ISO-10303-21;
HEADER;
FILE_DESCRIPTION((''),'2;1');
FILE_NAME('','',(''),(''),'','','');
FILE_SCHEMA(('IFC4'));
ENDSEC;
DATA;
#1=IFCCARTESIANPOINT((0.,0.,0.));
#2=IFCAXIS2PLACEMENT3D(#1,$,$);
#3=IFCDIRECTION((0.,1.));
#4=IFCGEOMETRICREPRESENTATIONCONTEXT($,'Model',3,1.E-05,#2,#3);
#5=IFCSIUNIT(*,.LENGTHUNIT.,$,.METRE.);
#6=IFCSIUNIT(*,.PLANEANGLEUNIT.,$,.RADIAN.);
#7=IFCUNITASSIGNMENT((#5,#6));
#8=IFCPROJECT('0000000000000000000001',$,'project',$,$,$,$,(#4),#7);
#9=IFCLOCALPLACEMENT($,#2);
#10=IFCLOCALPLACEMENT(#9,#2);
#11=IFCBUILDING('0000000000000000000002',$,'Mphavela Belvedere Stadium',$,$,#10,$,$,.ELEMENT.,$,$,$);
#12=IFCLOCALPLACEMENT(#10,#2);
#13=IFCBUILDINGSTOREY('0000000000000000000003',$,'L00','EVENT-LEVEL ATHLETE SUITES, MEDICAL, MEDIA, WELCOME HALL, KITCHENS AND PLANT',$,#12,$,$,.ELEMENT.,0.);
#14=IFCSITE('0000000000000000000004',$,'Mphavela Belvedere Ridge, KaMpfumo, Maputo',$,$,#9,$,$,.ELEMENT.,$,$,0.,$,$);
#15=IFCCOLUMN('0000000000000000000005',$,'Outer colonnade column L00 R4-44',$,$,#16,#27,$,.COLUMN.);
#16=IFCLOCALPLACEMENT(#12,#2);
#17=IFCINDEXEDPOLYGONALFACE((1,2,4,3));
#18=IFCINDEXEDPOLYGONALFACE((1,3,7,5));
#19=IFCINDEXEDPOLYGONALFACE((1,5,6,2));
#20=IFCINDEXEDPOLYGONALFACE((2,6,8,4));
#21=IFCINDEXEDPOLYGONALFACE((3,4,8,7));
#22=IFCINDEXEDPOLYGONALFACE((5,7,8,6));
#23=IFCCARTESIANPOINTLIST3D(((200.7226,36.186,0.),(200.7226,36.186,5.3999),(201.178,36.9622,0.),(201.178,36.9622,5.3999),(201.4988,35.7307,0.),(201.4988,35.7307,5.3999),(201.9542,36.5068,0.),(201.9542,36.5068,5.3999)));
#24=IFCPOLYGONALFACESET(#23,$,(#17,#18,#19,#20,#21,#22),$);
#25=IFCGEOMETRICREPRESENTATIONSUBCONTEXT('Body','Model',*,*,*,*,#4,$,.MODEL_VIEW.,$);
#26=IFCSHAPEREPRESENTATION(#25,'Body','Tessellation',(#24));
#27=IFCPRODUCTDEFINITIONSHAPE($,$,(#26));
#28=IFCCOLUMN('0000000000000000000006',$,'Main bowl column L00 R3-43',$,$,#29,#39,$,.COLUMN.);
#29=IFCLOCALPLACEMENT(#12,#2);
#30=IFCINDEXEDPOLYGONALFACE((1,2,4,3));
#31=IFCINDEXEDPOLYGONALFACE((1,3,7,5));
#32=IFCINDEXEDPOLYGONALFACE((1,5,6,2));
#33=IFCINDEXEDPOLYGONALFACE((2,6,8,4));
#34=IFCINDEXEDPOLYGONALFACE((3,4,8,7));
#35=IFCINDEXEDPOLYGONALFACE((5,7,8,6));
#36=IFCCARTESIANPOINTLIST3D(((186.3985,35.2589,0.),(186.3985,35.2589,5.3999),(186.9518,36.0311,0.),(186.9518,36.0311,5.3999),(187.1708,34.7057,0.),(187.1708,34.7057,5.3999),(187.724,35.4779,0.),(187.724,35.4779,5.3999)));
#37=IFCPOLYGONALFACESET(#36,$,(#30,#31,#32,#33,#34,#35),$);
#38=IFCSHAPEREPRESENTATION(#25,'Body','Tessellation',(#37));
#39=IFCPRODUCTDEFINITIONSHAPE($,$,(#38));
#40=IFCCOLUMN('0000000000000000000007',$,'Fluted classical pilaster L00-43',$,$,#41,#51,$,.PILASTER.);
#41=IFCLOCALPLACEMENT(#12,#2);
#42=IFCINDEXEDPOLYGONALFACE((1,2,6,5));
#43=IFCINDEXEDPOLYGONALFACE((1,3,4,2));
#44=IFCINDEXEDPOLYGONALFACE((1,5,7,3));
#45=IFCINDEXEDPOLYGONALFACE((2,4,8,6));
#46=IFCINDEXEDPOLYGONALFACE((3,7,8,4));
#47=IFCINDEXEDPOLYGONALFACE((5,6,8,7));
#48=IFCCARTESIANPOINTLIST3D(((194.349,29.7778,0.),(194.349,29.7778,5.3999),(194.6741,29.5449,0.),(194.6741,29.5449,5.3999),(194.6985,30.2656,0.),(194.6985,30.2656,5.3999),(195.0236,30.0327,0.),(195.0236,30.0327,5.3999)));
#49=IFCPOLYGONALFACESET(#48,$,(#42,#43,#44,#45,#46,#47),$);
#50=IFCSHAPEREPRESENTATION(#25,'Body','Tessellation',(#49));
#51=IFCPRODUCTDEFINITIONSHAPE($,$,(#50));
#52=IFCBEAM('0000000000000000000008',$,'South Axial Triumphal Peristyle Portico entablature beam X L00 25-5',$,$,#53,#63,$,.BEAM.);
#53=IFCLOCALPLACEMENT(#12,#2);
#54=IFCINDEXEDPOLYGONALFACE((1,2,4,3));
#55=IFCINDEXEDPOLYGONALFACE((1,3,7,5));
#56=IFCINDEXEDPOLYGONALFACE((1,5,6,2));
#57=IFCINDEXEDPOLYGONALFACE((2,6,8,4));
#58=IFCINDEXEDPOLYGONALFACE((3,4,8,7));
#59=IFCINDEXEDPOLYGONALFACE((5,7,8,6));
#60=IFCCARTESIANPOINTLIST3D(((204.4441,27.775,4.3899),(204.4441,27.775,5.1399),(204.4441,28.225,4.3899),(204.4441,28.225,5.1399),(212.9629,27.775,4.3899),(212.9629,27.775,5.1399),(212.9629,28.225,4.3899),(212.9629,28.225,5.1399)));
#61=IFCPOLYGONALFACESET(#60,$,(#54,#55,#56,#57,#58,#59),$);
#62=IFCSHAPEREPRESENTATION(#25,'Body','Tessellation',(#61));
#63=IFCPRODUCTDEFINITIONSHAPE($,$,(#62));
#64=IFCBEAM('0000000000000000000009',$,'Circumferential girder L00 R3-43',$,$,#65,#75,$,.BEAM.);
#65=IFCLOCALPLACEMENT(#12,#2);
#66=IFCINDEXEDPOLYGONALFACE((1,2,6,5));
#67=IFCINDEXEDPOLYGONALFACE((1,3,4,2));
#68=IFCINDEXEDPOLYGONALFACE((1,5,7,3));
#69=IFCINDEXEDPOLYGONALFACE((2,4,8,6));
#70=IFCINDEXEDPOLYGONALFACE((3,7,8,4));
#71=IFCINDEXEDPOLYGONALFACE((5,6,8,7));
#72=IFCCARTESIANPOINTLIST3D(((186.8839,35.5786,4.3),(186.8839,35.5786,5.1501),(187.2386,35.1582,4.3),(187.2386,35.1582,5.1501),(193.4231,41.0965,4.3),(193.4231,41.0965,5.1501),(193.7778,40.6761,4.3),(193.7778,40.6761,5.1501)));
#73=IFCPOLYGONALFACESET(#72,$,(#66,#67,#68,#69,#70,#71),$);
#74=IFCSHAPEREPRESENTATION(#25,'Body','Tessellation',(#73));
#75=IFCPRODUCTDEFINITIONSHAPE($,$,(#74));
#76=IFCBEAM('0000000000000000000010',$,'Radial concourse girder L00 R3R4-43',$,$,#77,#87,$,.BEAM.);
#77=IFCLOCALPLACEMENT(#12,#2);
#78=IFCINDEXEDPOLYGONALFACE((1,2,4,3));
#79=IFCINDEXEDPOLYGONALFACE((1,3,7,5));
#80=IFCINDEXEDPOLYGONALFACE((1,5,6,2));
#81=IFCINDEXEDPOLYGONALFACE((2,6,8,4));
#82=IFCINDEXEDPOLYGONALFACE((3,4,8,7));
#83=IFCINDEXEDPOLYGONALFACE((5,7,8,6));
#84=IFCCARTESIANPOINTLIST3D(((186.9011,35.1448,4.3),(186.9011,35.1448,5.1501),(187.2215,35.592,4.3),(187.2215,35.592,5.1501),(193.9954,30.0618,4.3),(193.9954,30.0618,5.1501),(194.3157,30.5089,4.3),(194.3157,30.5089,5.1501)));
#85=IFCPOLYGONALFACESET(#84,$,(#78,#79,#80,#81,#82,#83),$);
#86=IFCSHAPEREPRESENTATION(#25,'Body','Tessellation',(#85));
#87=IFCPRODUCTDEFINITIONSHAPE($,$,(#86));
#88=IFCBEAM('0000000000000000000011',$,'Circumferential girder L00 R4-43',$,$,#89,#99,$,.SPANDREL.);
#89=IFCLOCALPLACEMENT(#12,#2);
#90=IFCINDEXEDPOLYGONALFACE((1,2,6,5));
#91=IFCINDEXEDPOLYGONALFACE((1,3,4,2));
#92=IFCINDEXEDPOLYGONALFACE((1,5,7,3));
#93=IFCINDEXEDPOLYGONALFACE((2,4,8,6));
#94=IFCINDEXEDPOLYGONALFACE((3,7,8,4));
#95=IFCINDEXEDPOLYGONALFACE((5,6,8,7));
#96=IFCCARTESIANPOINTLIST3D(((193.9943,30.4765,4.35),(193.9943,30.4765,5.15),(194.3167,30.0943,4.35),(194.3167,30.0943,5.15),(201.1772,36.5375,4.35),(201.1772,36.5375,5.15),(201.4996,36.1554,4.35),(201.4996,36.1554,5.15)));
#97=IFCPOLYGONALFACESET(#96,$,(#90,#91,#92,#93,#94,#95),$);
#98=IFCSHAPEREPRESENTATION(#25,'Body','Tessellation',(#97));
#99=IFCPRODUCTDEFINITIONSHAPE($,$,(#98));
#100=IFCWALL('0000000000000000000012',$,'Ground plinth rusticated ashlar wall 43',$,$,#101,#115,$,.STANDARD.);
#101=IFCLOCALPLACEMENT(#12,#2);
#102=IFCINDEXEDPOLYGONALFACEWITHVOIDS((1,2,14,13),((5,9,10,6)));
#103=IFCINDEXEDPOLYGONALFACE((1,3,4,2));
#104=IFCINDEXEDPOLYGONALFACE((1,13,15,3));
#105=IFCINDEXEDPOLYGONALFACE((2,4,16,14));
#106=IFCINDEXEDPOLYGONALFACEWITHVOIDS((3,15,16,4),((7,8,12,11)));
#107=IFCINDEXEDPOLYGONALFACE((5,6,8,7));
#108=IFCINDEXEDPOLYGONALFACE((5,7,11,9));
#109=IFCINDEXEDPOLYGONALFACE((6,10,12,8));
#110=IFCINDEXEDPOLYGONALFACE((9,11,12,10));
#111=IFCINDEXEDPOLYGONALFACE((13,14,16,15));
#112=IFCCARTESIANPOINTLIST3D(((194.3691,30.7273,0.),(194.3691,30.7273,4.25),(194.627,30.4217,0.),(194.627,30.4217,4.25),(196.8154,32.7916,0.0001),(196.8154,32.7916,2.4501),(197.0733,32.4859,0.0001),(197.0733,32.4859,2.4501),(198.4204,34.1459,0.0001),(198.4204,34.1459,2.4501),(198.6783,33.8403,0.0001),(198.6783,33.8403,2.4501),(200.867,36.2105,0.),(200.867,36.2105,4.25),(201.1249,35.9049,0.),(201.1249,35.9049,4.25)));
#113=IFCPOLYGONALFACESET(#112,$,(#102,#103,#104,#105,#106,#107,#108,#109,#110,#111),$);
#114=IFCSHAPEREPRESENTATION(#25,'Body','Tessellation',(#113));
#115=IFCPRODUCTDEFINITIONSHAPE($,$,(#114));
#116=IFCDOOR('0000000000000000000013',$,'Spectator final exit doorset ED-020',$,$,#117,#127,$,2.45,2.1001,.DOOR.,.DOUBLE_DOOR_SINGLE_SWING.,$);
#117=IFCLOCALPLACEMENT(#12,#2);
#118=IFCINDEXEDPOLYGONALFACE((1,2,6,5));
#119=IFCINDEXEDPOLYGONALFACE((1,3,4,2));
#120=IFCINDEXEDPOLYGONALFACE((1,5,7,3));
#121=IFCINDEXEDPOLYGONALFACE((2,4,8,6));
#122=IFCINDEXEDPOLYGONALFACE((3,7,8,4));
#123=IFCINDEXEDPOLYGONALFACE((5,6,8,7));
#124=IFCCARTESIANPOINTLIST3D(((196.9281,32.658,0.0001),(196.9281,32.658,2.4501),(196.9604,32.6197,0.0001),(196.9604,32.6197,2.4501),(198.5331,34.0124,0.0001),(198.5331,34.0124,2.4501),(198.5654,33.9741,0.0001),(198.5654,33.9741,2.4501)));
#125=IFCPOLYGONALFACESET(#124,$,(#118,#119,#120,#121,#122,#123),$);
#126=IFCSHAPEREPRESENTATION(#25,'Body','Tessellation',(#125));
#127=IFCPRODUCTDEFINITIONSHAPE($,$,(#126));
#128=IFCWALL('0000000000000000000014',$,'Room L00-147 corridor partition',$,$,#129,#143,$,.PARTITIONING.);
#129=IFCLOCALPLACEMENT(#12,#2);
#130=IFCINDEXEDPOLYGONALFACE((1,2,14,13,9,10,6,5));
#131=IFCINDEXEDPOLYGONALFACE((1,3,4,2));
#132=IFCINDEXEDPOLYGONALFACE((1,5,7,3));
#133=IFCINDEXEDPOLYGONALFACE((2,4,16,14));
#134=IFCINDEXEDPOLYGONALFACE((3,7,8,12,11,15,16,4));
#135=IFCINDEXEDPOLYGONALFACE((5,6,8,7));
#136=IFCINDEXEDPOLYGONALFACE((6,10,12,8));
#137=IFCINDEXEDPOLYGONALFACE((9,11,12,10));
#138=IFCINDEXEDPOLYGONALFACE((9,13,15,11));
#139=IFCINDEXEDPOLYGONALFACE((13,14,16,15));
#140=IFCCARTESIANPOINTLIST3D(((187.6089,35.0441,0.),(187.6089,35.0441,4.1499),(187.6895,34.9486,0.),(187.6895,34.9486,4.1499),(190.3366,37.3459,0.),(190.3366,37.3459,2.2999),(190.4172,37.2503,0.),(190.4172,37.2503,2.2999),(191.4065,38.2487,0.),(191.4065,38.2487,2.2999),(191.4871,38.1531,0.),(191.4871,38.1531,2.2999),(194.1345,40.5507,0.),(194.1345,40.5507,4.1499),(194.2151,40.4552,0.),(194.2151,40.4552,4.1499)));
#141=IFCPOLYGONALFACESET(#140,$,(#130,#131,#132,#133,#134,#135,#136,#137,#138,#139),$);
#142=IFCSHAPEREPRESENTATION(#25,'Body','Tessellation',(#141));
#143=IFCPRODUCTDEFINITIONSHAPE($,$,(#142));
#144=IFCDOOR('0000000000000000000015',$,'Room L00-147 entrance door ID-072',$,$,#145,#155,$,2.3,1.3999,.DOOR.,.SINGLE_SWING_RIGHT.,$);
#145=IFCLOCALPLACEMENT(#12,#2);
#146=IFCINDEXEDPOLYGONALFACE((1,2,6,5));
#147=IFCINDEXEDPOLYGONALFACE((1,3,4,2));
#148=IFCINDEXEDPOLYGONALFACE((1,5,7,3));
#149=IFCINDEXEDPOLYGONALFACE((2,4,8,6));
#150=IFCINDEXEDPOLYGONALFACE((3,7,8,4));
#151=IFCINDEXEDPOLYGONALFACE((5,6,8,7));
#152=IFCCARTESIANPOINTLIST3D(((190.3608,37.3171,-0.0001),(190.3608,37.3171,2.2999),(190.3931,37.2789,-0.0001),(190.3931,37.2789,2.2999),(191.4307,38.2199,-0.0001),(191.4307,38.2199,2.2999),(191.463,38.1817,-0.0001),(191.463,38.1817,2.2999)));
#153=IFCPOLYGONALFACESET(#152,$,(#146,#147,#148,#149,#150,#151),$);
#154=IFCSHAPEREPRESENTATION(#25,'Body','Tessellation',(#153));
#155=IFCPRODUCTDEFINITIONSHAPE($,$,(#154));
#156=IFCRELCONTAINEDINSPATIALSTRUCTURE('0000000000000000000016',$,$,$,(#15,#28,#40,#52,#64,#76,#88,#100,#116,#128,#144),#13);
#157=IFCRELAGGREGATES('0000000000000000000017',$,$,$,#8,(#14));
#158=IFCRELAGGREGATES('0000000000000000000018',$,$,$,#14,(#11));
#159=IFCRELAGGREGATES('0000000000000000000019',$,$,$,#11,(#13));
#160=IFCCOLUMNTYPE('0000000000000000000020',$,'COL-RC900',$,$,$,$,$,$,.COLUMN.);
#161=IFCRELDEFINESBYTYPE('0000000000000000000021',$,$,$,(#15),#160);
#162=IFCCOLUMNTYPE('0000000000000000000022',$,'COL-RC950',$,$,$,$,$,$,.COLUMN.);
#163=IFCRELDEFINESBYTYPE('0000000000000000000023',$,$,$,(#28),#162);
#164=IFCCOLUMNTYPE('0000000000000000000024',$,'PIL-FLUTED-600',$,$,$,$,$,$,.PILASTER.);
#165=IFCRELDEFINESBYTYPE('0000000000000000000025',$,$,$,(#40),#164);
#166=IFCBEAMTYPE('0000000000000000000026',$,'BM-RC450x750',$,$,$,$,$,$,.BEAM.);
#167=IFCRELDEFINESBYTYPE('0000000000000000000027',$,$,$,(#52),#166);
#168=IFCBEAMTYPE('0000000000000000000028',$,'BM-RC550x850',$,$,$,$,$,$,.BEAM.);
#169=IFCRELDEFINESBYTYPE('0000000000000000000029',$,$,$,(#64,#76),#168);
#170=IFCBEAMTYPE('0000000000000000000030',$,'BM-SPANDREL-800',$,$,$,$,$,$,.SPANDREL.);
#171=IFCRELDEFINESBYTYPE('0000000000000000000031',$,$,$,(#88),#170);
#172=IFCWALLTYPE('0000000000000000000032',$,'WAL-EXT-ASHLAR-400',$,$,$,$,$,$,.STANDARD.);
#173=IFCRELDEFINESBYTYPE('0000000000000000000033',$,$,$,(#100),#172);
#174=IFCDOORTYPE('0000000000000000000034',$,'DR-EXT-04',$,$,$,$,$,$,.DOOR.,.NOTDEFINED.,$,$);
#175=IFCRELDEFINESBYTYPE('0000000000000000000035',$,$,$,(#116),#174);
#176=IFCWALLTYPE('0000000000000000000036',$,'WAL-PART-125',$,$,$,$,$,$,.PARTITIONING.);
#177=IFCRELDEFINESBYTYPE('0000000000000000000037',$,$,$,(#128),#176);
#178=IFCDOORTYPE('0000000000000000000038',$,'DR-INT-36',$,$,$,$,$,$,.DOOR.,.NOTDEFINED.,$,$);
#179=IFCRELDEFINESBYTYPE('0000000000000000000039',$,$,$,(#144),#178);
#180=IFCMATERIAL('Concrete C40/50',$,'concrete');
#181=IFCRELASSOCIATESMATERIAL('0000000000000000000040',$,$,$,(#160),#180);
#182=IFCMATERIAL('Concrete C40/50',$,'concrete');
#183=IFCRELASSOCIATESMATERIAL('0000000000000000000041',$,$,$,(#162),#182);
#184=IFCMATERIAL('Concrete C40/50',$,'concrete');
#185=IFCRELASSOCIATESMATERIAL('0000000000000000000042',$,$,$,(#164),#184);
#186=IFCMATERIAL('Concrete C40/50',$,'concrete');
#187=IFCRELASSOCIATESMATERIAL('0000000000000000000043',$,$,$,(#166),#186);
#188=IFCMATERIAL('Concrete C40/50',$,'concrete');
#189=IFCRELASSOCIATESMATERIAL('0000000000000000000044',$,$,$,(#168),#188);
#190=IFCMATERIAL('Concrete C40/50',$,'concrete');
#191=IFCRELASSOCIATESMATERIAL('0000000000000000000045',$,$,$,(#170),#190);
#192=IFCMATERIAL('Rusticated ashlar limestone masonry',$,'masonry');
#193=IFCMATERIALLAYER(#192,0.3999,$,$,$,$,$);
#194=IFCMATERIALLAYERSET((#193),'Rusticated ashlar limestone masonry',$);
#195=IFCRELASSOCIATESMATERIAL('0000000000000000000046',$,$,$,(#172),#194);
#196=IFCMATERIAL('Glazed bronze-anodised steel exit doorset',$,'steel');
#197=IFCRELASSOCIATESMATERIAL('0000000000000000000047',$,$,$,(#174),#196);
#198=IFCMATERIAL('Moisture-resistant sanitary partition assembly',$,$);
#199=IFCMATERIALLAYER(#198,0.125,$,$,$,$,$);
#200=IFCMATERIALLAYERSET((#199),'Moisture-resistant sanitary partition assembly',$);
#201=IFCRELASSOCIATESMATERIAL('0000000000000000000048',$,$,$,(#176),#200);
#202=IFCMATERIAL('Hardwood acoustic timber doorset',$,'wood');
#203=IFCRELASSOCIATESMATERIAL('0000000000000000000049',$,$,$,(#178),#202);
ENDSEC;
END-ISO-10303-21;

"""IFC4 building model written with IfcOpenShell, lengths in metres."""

from ifc_helpers import new_model, si_unit, direction, frame, frame_2d, origin, origin_2d, place, context, subcontext, project, spatial, rectangle, extrude, material, layer, layer_set, material_profile, profile_set, type_object, element, fill, save


model = new_model("IFC4")

# Units and contexts
model_context = context("Model", 3, precision=1e-05, world=origin(), true_north=direction((0.0, 1.0)))
body_context = subcontext(model_context, "Body", "Model", "MODEL_VIEW")
ifc_project = project(units=[si_unit("LENGTHUNIT", "METRE"), si_unit("PLANEANGLEUNIT", "RADIAN")], contexts=[model_context])

# Site, building, storey
site_placement = place(None, origin())
site = spatial("IfcSite", under=ifc_project, at=site_placement, Name="Mphavela Belvedere Ridge, KaMpfumo, Maputo", CompositionType="ELEMENT", RefElevation=0.0)
building_placement = place(site_placement, origin())
building = spatial("IfcBuilding", under=site, at=building_placement, Name="Mphavela Belvedere Stadium", CompositionType="ELEMENT")
storey_placement = place(building_placement, origin())
storey = spatial("IfcBuildingStorey", under=building, at=storey_placement, Name="L00", Description="EVENT-LEVEL ATHLETE SUITES, MEDICAL, MEDIA, WELCOME HALL, KITCHENS AND PLANT", CompositionType="ELEMENT", Elevation=0.0)

# Columns
ifc_material_1 = material(Name="Concrete C40/50", Category="concrete")
ifc_material_profile_1 = material_profile(ifc_material_1, rectangle(XDim=0.8999, YDim=0.8999, at=origin_2d()), Name="RC 900x900")
ifc_profile_set_1 = profile_set([ifc_material_profile_1], Name="Concrete C40/50")
column_type_1 = type_object("IfcColumnType", Name="COL-RC900", PredefinedType="COLUMN", material=ifc_profile_set_1)
for number, where, z_axis, x_axis, name in (
    (1, (201.3384, 36.3464, 0.0), (0.0, 0.0, 1.0), (0.862514, -0.506034, 0.0), "Outer colonnade column L00 R4-44"),
):
    element("IfcColumn", number, at=place(storey_placement, frame(where, z_axis=z_axis, x_axis=x_axis)), inside=storey, type_object=column_type_1, Name=name, PredefinedType="COLUMN", context=body_context, shape_type="SweptSolid", body=[
        extrude(rectangle(XDim=0.8999, YDim=0.8999, at=origin_2d()), origin(), (0.0, 0.0, 1.0), 5.3999),
    ])
ifc_material_2 = material(Name="Concrete C40/50", Category="concrete")
ifc_material_profile_2 = material_profile(ifc_material_2, rectangle(XDim=0.95, YDim=0.95, at=origin_2d()), Name="RC 950x950")
ifc_profile_set_2 = profile_set([ifc_material_profile_2], Name="Concrete C40/50")
column_type_2 = type_object("IfcColumnType", Name="COL-RC950", PredefinedType="COLUMN", material=ifc_profile_set_2)
column_1_placement = place(storey_placement, frame((187.0613, 35.3684, 0.0), z_axis=(0.0, 0.0, 1.0), x_axis=(0.812898, -0.582407, 0.0)))
element("IfcColumn", 2, at=column_1_placement, inside=storey, type_object=column_type_2, Name="Main bowl column L00 R3-43", PredefinedType="COLUMN", context=body_context, shape_type="SweptSolid", body=[
    extrude(rectangle(XDim=0.95, YDim=0.95, at=origin_2d()), origin(), (0.0, 0.0, 1.0), 5.3999),
])
ifc_material_3 = material(Name="Concrete C40/50", Category="concrete")
ifc_material_profile_3 = material_profile(ifc_material_3, rectangle(XDim=0.6001, YDim=0.3999, at=origin_2d()), Name="PIL 600x400")
ifc_profile_set_3 = profile_set([ifc_material_profile_3], Name="Concrete C40/50")
column_type_3 = type_object("IfcColumnType", Name="PIL-FLUTED-600", PredefinedType="PILASTER", material=ifc_profile_set_3)
column_2_placement = place(storey_placement, frame((194.6863, 29.9053, 0.0), z_axis=(0.0, 0.0, 1.0), x_axis=(0.582407, 0.812898, 0.0)))
element("IfcColumn", 3, at=column_2_placement, inside=storey, type_object=column_type_3, Name="Fluted classical pilaster L00-43", PredefinedType="PILASTER", context=body_context, shape_type="SweptSolid", body=[
    extrude(rectangle(XDim=0.6001, YDim=0.3999, at=origin_2d()), origin(), (0.0, 0.0, 1.0), 5.3999),
])

# Beams
ifc_material_4 = material(Name="Concrete C40/50", Category="concrete")
ifc_material_profile_4 = material_profile(ifc_material_4, rectangle(XDim=0.45, YDim=0.75, at=origin_2d()), Name="RC 450x750")
ifc_profile_set_4 = profile_set([ifc_material_profile_4], Name="Concrete C40/50")
beam_type_1 = type_object("IfcBeamType", Name="BM-RC450x750", PredefinedType="BEAM", material=ifc_profile_set_4)
beam_1_placement = place(storey_placement, frame((204.4441, 28.0, 4.7649), z_axis=(1.0, 0.0, 0.0), x_axis=(0.0, 1.0, 0.0)))
element("IfcBeam", 4, at=beam_1_placement, inside=storey, type_object=beam_type_1, Name="South Axial Triumphal Peristyle Portico entablature beam X L00 25-5", PredefinedType="BEAM", context=body_context, shape_type="SweptSolid", body=[
    extrude(rectangle(XDim=0.45, YDim=0.75, at=origin_2d()), origin(), (0.0, 0.0, 1.0), 8.5188),
])
ifc_material_5 = material(Name="Concrete C40/50", Category="concrete")
ifc_material_profile_5 = material_profile(ifc_material_5, rectangle(XDim=0.55, YDim=0.8501, at=origin_2d()), Name="RC 550x850")
ifc_profile_set_5 = profile_set([ifc_material_profile_5], Name="Concrete C40/50")
beam_type_2 = type_object("IfcBeamType", Name="BM-RC550x850", PredefinedType="BEAM", material=ifc_profile_set_5)
beam_2_placement = place(storey_placement, frame((187.0613, 35.3684, 4.7251), z_axis=(0.764263, 0.644904, 0.0), x_axis=(-0.644904, 0.764263, 0.0)))
element("IfcBeam", 5, at=beam_2_placement, inside=storey, type_object=beam_type_2, Name="Circumferential girder L00 R3-43", PredefinedType="BEAM", context=body_context, shape_type="SweptSolid", body=[
    extrude(rectangle(XDim=0.55, YDim=0.8501, at=origin_2d()), origin(), (0.0, 0.0, 1.0), 8.5562),
])
beam_3_placement = place(storey_placement, frame((187.0613, 35.3684, 4.7251), z_axis=(0.812882, -0.582428, 0.0), x_axis=(0.582428, 0.812882, 0.0)))
element("IfcBeam", 6, at=beam_3_placement, inside=storey, type_object=beam_type_2, Name="Radial concourse girder L00 R3R4-43", PredefinedType="BEAM", context=body_context, shape_type="SweptSolid", body=[
    extrude(rectangle(XDim=0.55, YDim=0.8501, at=origin_2d()), origin(), (0.0, 0.0, 1.0), 8.7273),
])
ifc_material_6 = material(Name="Concrete C40/50", Category="concrete")
ifc_material_profile_6 = material_profile(ifc_material_6, rectangle(XDim=0.5, YDim=0.8, at=origin_2d()), Name="RC 500x800")
ifc_profile_set_6 = profile_set([ifc_material_profile_6], Name="Concrete C40/50")
beam_type_3 = type_object("IfcBeamType", Name="BM-SPANDREL-800", PredefinedType="SPANDREL", material=ifc_profile_set_6)
beam_4_placement = place(storey_placement, frame((194.1555, 30.2854, 4.75), z_axis=(0.764265, 0.644902, 0.0), x_axis=(-0.644902, 0.764265, 0.0)))
element("IfcBeam", 7, at=beam_4_placement, inside=storey, type_object=beam_type_3, Name="Circumferential girder L00 R4-43", PredefinedType="SPANDREL", context=body_context, shape_type="SweptSolid", body=[
    extrude(rectangle(XDim=0.5, YDim=0.8, at=origin_2d()), origin(), (0.0, 0.0, 1.0), 9.3984),
])

# Walls, openings, doors
ifc_material_7 = material(Name="Rusticated ashlar limestone masonry", Category="masonry")
ifc_layer_1 = layer(ifc_material_7, 0.3999)
ifc_layer_set_1 = layer_set([ifc_layer_1], Name="Rusticated ashlar limestone masonry")
wall_type_1 = type_object("IfcWallType", Name="WAL-EXT-ASHLAR-400", PredefinedType="STANDARD", material=ifc_layer_set_1)
wall_1_placement = place(storey_placement, frame((200.9958, 36.0576, 0.0), z_axis=(0.0, 0.0, 1.0), x_axis=(-0.764255, -0.644914, 0.0)))
wall_1 = element("IfcWall", 8, at=wall_1_placement, inside=storey, type_object=wall_type_1, Name="Ground plinth rusticated ashlar wall 43", PredefinedType="STANDARD", context=body_context, shape_type="SweptSolid", body=[
    extrude(rectangle(XDim=8.5022, YDim=0.3999, at=frame_2d((4.251, 0.0))), origin(), (0.0, 0.0, 1.0), 4.25),
])
opening_1_placement = place(wall_1_placement, frame((3.2012, 0.0, 0.0)))
opening_1 = element("IfcOpeningElement", 9, at=opening_1_placement, cuts=wall_1, PredefinedType="OPENING", context=body_context, shape_type="SweptSolid", body=[
    extrude(rectangle(XDim=2.1001, YDim=2.45, at=frame_2d((1.05, 1.2251))), frame((0.0, 0.21, 0.0), z_axis=(0.0, -1.0, 0.0), x_axis=(1.0, 0.0, 0.0)), (0.0, 0.0, 1.0), 0.4199),
])
ifc_material_8 = material(Name="Glazed bronze-anodised steel exit doorset", Category="steel")
door_type_1 = type_object("IfcDoorType", Name="DR-EXT-04", OperationType="NOTDEFINED", PredefinedType="DOOR", material=ifc_material_8)
door_1_placement = place(opening_1_placement, origin())
door_1 = element("IfcDoor", 10, at=door_1_placement, inside=storey, type_object=door_type_1, Name="Spectator final exit doorset ED-020", OperationType="DOUBLE_DOOR_SINGLE_SWING", OverallHeight=2.45, OverallWidth=2.1001, PredefinedType="DOOR", context=body_context, shape_type="SweptSolid", body=[
    extrude(rectangle(XDim=2.1001, YDim=2.45, at=frame_2d((1.05, 1.2251))), frame((0.0, 0.0249, 0.0), z_axis=(0.0, -1.0, 0.0), x_axis=(1.0, 0.0, 0.0)), (0.0, 0.0, 1.0), 0.05),
])
fill(opening_1, door_1)
ifc_material_9 = material(Name="Moisture-resistant sanitary partition assembly")
ifc_layer_2 = layer(ifc_material_9, 0.125)
ifc_layer_set_2 = layer_set([ifc_layer_2], Name="Moisture-resistant sanitary partition assembly")
wall_type_2 = type_object("IfcWallType", Name="WAL-PART-125", PredefinedType="PARTITIONING", material=ifc_layer_set_2)
wall_2_placement = place(storey_placement, frame((187.6492, 34.9963, 0.0), z_axis=(0.0, 0.0, 1.0), x_axis=(0.764258, 0.644911, 0.0)))
wall_2 = element("IfcWall", 11, at=wall_2_placement, inside=storey, type_object=wall_type_2, Name="Room L00-147 corridor partition", PredefinedType="PARTITIONING", context=body_context, shape_type="SweptSolid", body=[
    extrude(rectangle(XDim=8.5386, YDim=0.125, at=frame_2d((4.2693, 0.0))), origin(), (0.0, 0.0, 1.0), 4.1499),
])
opening_2_placement = place(wall_2_placement, frame((3.5691, 0.0, 0.0)))
opening_2 = element("IfcOpeningElement", 12, at=opening_2_placement, cuts=wall_2, PredefinedType="OPENING", context=body_context, shape_type="SweptSolid", body=[
    extrude(rectangle(XDim=1.3999, YDim=2.3, at=frame_2d((0.7, 1.1499))), frame((0.0, 0.0725, 0.0), z_axis=(0.0, -1.0, 0.0), x_axis=(1.0, 0.0, 0.0)), (0.0, 0.0, 1.0), 0.145),
])
ifc_material_10 = material(Name="Hardwood acoustic timber doorset", Category="wood")
door_type_2 = type_object("IfcDoorType", Name="DR-INT-36", OperationType="NOTDEFINED", PredefinedType="DOOR", material=ifc_material_10)
door_2_placement = place(opening_2_placement, origin())
door_2 = element("IfcDoor", 13, at=door_2_placement, inside=storey, type_object=door_type_2, Name="Room L00-147 entrance door ID-072", OperationType="SINGLE_SWING_RIGHT", OverallHeight=2.3, OverallWidth=1.3999, PredefinedType="DOOR", context=body_context, shape_type="SweptSolid", body=[
    extrude(rectangle(XDim=1.3999, YDim=2.3, at=frame_2d((0.7, 1.1499))), frame((0.0, 0.0249, 0.0), z_axis=(0.0, -1.0, 0.0), x_axis=(1.0, 0.0, 0.0)), (0.0, 0.0, 1.0), 0.05),
])
fill(opening_2, door_2)

save(model, "model.ifc")
